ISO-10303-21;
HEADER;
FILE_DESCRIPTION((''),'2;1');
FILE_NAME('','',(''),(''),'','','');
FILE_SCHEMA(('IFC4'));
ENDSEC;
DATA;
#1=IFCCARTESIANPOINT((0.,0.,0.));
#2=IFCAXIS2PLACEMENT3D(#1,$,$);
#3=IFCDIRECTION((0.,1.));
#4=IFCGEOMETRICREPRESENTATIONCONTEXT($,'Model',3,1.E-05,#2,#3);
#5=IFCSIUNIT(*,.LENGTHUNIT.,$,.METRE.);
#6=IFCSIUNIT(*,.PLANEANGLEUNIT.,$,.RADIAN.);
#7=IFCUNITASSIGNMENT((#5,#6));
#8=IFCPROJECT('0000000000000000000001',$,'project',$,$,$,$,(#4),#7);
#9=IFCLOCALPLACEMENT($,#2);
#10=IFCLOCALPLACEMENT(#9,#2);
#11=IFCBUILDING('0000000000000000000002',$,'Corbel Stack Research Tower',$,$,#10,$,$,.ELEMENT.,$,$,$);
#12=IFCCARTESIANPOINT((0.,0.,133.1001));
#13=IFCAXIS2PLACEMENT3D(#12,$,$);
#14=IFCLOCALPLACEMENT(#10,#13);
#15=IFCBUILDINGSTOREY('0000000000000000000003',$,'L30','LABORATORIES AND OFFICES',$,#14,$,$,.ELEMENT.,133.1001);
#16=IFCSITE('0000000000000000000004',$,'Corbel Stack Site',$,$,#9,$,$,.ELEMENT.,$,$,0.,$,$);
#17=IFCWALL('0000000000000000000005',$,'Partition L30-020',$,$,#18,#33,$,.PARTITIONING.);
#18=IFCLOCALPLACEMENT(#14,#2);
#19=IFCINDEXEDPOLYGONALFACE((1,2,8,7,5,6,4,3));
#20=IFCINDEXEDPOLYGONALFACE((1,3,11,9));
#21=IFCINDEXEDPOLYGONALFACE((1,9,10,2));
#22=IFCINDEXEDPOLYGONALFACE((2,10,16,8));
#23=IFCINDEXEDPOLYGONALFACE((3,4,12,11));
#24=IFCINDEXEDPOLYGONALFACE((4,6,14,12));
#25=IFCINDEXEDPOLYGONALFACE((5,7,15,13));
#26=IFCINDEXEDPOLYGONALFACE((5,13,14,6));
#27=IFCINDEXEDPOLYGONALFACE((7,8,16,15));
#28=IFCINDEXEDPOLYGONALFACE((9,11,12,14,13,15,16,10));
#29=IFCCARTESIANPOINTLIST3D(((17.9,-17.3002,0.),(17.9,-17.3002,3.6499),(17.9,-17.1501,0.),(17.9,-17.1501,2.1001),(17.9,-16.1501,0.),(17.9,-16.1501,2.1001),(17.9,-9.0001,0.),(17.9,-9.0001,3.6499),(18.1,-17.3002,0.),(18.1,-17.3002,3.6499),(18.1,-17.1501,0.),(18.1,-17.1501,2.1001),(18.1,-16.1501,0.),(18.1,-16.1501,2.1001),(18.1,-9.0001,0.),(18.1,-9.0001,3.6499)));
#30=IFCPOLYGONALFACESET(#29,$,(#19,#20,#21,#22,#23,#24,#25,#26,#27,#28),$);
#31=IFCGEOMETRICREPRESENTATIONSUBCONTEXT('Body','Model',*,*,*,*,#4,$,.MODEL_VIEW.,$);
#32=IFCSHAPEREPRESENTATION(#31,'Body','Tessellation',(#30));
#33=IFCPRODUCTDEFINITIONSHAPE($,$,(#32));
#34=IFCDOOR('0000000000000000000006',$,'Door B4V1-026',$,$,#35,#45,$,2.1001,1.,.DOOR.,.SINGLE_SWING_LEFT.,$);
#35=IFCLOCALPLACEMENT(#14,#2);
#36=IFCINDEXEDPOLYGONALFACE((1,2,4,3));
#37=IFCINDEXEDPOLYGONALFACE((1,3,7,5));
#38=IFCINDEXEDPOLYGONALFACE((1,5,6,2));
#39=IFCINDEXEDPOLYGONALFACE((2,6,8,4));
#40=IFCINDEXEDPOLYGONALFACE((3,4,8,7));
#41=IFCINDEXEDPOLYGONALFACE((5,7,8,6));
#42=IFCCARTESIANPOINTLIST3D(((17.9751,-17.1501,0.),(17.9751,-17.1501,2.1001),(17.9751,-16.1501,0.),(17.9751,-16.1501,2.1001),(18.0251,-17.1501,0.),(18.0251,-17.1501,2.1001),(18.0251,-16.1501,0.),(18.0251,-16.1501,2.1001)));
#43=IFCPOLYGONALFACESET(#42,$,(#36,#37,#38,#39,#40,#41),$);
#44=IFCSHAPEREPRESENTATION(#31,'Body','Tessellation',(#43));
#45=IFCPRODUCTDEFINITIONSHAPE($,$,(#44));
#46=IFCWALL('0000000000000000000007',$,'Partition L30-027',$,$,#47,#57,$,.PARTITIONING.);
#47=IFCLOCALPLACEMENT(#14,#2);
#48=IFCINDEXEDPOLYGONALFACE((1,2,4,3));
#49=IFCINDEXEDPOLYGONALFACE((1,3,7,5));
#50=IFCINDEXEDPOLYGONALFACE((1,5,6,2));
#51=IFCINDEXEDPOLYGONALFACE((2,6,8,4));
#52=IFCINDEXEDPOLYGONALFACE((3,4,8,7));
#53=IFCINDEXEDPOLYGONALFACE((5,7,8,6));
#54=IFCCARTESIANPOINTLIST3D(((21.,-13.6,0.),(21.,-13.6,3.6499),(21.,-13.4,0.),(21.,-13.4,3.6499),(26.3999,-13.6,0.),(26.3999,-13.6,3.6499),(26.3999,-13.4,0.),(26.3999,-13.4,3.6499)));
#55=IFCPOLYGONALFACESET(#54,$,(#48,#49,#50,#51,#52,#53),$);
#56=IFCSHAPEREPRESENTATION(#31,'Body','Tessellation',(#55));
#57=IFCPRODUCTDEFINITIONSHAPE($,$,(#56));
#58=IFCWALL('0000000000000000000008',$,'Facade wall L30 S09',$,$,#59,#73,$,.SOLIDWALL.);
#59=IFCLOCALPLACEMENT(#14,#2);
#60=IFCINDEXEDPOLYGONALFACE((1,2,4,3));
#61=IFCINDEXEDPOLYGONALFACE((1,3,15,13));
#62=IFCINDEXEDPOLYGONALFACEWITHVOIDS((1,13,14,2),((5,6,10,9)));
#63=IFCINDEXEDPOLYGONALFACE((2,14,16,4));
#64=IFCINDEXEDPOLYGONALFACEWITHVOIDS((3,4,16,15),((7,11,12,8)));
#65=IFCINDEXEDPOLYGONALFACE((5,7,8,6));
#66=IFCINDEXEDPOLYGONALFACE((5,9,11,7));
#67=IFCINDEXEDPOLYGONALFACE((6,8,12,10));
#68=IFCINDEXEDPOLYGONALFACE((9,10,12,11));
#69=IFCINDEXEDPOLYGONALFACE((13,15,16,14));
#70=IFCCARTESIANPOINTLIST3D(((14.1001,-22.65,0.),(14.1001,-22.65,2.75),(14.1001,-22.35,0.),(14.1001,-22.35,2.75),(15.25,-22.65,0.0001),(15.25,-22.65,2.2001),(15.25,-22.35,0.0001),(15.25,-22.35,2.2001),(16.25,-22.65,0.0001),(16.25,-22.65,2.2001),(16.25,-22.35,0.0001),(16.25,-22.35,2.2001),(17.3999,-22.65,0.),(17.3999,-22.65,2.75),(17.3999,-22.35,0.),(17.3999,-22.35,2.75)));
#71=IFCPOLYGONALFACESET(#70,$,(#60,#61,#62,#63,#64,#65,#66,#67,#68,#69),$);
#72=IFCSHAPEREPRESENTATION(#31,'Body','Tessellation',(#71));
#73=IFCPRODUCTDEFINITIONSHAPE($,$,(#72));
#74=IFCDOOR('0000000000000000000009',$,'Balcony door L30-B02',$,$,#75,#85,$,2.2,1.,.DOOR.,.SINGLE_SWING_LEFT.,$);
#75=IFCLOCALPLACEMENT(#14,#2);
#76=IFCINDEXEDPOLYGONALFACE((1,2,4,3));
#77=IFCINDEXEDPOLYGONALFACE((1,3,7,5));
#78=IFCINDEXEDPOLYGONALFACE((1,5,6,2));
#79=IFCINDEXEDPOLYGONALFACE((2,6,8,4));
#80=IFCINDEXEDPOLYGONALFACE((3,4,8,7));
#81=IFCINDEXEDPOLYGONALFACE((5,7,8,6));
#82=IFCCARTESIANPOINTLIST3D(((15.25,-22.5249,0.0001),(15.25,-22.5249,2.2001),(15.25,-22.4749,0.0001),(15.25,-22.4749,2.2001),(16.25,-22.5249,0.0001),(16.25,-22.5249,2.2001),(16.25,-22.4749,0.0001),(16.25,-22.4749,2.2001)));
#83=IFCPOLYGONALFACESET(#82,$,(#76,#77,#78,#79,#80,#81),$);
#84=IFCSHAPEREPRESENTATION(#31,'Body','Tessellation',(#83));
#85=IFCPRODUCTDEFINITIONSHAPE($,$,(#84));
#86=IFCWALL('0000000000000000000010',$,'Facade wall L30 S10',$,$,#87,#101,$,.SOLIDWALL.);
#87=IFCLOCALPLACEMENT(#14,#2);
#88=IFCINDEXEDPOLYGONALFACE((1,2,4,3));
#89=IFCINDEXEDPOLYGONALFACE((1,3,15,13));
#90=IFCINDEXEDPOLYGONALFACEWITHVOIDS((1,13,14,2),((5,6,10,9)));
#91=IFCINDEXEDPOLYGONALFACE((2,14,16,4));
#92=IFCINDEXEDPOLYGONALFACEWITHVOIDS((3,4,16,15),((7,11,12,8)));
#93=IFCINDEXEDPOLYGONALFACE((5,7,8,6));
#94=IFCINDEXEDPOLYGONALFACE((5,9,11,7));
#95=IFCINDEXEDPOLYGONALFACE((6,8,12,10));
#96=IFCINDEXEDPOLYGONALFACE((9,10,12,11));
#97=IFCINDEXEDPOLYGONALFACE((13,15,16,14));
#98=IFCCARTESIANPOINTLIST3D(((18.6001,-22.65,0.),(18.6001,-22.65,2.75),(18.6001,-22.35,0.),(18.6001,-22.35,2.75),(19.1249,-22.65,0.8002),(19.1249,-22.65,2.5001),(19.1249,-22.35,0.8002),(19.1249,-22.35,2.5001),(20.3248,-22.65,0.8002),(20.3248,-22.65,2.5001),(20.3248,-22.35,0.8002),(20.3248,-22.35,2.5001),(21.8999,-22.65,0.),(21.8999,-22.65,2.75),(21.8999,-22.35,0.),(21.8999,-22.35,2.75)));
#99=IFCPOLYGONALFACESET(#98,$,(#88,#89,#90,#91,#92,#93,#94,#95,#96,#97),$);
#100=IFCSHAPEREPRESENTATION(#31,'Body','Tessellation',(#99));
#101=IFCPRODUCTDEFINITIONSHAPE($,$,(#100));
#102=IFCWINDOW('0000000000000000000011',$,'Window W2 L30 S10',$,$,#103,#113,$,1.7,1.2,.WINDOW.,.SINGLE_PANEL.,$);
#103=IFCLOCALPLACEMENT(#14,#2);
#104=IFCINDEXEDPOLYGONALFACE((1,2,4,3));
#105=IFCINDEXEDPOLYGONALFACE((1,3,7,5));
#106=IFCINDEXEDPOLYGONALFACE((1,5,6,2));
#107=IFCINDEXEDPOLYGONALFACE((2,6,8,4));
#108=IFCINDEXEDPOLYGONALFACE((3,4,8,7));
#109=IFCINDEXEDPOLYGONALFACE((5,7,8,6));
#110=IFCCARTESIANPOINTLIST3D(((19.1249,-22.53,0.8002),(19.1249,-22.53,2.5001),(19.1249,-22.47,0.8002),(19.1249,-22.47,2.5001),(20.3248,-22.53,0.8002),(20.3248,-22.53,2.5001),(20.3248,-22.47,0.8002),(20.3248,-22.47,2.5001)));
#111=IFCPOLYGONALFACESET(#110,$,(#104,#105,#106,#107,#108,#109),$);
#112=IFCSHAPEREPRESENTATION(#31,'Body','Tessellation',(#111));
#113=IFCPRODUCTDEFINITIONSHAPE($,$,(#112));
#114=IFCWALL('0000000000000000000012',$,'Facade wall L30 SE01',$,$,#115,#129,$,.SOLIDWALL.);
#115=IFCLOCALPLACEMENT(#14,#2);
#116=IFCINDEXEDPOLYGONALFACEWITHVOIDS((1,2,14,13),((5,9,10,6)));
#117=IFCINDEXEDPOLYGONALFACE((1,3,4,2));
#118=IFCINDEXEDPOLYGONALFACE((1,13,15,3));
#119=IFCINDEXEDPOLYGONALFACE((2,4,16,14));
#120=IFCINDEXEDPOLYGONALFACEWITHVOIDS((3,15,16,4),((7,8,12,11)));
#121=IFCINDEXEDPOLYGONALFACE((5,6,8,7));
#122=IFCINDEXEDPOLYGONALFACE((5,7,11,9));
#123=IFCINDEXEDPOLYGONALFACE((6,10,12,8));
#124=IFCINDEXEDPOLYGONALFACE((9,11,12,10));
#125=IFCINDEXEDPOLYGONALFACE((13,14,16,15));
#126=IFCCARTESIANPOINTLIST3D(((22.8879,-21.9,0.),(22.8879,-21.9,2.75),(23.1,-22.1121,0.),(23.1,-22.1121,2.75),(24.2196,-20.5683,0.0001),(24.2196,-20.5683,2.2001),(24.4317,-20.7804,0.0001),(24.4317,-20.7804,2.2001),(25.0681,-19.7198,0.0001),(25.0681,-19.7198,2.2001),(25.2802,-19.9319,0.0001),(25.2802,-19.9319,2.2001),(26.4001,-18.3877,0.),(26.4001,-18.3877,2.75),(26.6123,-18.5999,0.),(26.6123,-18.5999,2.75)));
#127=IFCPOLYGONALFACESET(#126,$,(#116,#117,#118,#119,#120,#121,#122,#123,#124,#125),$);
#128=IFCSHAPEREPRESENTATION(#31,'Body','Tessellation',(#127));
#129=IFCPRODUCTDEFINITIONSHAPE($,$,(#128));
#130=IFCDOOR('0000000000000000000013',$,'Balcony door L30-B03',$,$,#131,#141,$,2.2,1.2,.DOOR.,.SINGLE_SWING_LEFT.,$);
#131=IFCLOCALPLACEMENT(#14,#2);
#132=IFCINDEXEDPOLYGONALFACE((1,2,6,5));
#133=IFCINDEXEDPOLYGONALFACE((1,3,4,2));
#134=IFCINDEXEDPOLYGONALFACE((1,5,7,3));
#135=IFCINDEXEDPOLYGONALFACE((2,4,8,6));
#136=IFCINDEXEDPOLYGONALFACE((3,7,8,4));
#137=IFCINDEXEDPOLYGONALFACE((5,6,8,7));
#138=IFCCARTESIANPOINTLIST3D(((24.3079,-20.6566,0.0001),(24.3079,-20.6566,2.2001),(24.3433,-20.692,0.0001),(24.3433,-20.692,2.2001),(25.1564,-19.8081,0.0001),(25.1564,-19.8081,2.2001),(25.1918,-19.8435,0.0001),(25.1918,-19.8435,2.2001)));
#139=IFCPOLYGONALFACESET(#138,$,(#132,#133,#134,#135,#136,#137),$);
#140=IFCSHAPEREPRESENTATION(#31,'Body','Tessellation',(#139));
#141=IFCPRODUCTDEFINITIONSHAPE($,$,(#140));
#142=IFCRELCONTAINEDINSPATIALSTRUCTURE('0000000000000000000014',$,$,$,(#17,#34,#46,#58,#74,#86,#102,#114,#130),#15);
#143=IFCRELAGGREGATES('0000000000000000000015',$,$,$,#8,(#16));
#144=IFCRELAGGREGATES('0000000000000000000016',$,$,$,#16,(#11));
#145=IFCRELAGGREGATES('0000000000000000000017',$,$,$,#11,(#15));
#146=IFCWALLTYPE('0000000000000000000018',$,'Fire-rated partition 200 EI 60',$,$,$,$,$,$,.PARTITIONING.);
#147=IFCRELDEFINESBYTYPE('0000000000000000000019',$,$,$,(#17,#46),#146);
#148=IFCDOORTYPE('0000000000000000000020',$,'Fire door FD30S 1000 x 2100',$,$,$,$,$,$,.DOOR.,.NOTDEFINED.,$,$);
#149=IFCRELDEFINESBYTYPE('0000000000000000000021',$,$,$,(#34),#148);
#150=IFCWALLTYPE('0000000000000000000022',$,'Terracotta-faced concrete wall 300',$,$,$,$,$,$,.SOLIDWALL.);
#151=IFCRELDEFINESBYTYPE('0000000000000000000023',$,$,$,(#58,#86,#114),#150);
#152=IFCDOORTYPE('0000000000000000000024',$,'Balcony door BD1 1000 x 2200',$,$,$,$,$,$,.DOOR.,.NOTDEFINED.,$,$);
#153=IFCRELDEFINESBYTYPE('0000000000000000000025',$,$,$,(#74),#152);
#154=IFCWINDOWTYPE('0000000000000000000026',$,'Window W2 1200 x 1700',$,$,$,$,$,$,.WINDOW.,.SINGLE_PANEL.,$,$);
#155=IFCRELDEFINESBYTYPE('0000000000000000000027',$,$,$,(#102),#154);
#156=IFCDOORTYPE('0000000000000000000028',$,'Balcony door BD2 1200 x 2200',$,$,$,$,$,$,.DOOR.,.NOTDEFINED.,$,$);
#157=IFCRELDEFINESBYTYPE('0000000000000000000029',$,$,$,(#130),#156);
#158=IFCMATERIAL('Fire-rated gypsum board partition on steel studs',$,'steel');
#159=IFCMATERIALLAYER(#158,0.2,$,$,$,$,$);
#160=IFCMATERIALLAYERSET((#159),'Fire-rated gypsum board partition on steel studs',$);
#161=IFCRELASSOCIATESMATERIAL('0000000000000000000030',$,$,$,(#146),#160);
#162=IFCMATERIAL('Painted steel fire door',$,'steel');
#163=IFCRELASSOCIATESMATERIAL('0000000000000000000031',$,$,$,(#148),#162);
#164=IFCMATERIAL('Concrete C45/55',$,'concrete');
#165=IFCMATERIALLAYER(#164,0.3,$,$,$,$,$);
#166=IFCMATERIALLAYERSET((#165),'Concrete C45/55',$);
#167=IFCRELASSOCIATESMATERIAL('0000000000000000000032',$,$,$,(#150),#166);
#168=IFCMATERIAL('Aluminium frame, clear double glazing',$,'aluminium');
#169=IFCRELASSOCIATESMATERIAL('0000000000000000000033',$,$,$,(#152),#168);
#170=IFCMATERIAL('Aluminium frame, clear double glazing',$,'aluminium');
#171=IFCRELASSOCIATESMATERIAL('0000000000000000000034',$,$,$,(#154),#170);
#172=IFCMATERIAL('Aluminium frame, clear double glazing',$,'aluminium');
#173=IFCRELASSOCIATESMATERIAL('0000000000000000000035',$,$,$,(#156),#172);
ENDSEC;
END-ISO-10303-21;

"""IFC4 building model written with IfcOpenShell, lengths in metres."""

from ifc_helpers import new_model, si_unit, direction, frame, frame_2d, origin, place, context, subcontext, project, spatial, rectangle, extrude, material, layer, layer_set, type_object, element, fill, save


model = new_model("IFC4")

# Units and contexts
model_context = context("Model", 3, precision=1e-05, world=origin(), true_north=direction((0.0, 1.0)))
body_context = subcontext(model_context, "Body", "Model", "MODEL_VIEW")
ifc_project = project(units=[si_unit("LENGTHUNIT", "METRE"), si_unit("PLANEANGLEUNIT", "RADIAN")], contexts=[model_context])

# Site, building, storey
site_placement = place(None, origin())
site = spatial("IfcSite", under=ifc_project, at=site_placement, Name="Corbel Stack Site", CompositionType="ELEMENT", RefElevation=0.0)
building_placement = place(site_placement, origin())
building = spatial("IfcBuilding", under=site, at=building_placement, Name="Corbel Stack Research Tower", CompositionType="ELEMENT")
storey_placement = place(building_placement, frame((0.0, 0.0, 133.1001)))
storey = spatial("IfcBuildingStorey", under=building, at=storey_placement, Name="L30", Description="LABORATORIES AND OFFICES", CompositionType="ELEMENT", Elevation=133.1001)

# Shared definitions
ifc_material_1 = material(Name="Fire-rated gypsum board partition on steel studs", Category="steel")
ifc_layer_1 = layer(ifc_material_1, 0.2)
ifc_layer_set_1 = layer_set([ifc_layer_1], Name="Fire-rated gypsum board partition on steel studs")
wall_type_1 = type_object("IfcWallType", Name="Fire-rated partition 200 EI 60", PredefinedType="PARTITIONING", material=ifc_layer_set_1)

# Wall, opening, door
wall_1_placement = place(storey_placement, frame((18.0, -17.3, 0.0), z_axis=(0.0, 0.0, 1.0), x_axis=(0.0, 1.0, 0.0)))
wall_1 = element("IfcWall", 1, at=wall_1_placement, inside=storey, type_object=wall_type_1, Name="Partition L30-020", PredefinedType="PARTITIONING", context=body_context, shape_type="SweptSolid", body=[
    extrude(rectangle(XDim=8.3, YDim=0.2, at=frame_2d((4.1499, 0.0))), origin(), (0.0, 0.0, 1.0), 3.6499),
])
opening_1_placement = place(wall_1_placement, frame((0.1499, 0.0, 0.0)))
opening_1 = element("IfcOpeningElement", 2, at=opening_1_placement, cuts=wall_1, PredefinedType="OPENING", context=body_context, shape_type="SweptSolid", body=[
    extrude(rectangle(XDim=1.0, YDim=2.1001, at=frame_2d((0.5, 1.05))), frame((0.0, 0.1099, 0.0), z_axis=(0.0, -1.0, 0.0), x_axis=(1.0, 0.0, 0.0)), (0.0, 0.0, 1.0), 0.22),
])
ifc_material_2 = material(Name="Painted steel fire door", Category="steel")
door_type_1 = type_object("IfcDoorType", Name="Fire door FD30S 1000 x 2100", OperationType="NOTDEFINED", PredefinedType="DOOR", material=ifc_material_2)
door_1_placement = place(opening_1_placement, origin())
door_1 = element("IfcDoor", 3, at=door_1_placement, inside=storey, type_object=door_type_1, Name="Door B4V1-026", OperationType="SINGLE_SWING_LEFT", OverallHeight=2.1001, OverallWidth=1.0, PredefinedType="DOOR", context=body_context, shape_type="SweptSolid", body=[
    extrude(rectangle(XDim=1.0, YDim=2.1001, at=frame_2d((0.5, 1.05))), frame((0.0, 0.0249, 0.0), z_axis=(0.0, -1.0, 0.0), x_axis=(1.0, 0.0, 0.0)), (0.0, 0.0, 1.0), 0.05),
])
fill(opening_1, door_1)

# Wall
wall_2_placement = place(storey_placement, frame((21.0, -13.5, 0.0), z_axis=(0.0, 0.0, 1.0), x_axis=(1.0, 0.0, 0.0)))
element("IfcWall", 4, at=wall_2_placement, inside=storey, type_object=wall_type_1, Name="Partition L30-027", PredefinedType="PARTITIONING", context=body_context, shape_type="SweptSolid", body=[
    extrude(rectangle(XDim=5.3999, YDim=0.2, at=frame_2d((2.7, 0.0))), origin(), (0.0, 0.0, 1.0), 3.6499),
])

# Wall, opening, door
ifc_material_3 = material(Name="Concrete C45/55", Category="concrete")
ifc_layer_2 = layer(ifc_material_3, 0.3)
ifc_layer_set_2 = layer_set([ifc_layer_2], Name="Concrete C45/55")
wall_type_2 = type_object("IfcWallType", Name="Terracotta-faced concrete wall 300", PredefinedType="SOLIDWALL", material=ifc_layer_set_2)
wall_3_placement = place(storey_placement, frame((17.3999, -22.5, 0.0), z_axis=(0.0, 0.0, 1.0), x_axis=(-1.0, 0.0, 0.0)))
wall_3 = element("IfcWall", 5, at=wall_3_placement, inside=storey, type_object=wall_type_2, Name="Facade wall L30 S09", PredefinedType="SOLIDWALL", context=body_context, shape_type="SweptSolid", body=[
    extrude(rectangle(XDim=3.2998, YDim=0.3, at=frame_2d((1.6499, 0.0))), origin(), (0.0, 0.0, 1.0), 2.75),
])
opening_2_placement = place(wall_3_placement, frame((1.1499, 0.0, 0.0)))
opening_2 = element("IfcOpeningElement", 6, at=opening_2_placement, cuts=wall_3, PredefinedType="OPENING", context=body_context, shape_type="SweptSolid", body=[
    extrude(rectangle(XDim=1.0, YDim=2.2, at=frame_2d((0.5, 1.1001))), frame((0.0, 0.1599, 0.0), z_axis=(0.0, -1.0, 0.0), x_axis=(1.0, 0.0, 0.0)), (0.0, 0.0, 1.0), 0.3201),
])
ifc_material_4 = material(Name="Aluminium frame, clear double glazing", Category="aluminium")
door_type_2 = type_object("IfcDoorType", Name="Balcony door BD1 1000 x 2200", OperationType="NOTDEFINED", PredefinedType="DOOR", material=ifc_material_4)
door_2_placement = place(opening_2_placement, origin())
door_2 = element("IfcDoor", 7, at=door_2_placement, inside=storey, type_object=door_type_2, Name="Balcony door L30-B02", OperationType="SINGLE_SWING_LEFT", OverallHeight=2.2, OverallWidth=1.0, PredefinedType="DOOR", context=body_context, shape_type="SweptSolid", body=[
    extrude(rectangle(XDim=1.0, YDim=2.2, at=frame_2d((0.5, 1.1001))), frame((0.0, 0.0249, 0.0), z_axis=(0.0, -1.0, 0.0), x_axis=(1.0, 0.0, 0.0)), (0.0, 0.0, 1.0), 0.05),
])
fill(opening_2, door_2)

# Wall, opening, window
wall_4_placement = place(storey_placement, frame((21.8999, -22.5, 0.0), z_axis=(0.0, 0.0, 1.0), x_axis=(-1.0, 0.0, 0.0)))
wall_4 = element("IfcWall", 8, at=wall_4_placement, inside=storey, type_object=wall_type_2, Name="Facade wall L30 S10", PredefinedType="SOLIDWALL", context=body_context, shape_type="SweptSolid", body=[
    extrude(rectangle(XDim=3.2998, YDim=0.3, at=frame_2d((1.6499, 0.0))), origin(), (0.0, 0.0, 1.0), 2.75),
])
opening_3_placement = place(wall_4_placement, frame((1.575, 0.0, 0.8)))
opening_3 = element("IfcOpeningElement", 9, at=opening_3_placement, cuts=wall_4, PredefinedType="OPENING", context=body_context, shape_type="SweptSolid", body=[
    extrude(rectangle(XDim=1.2, YDim=1.7, at=frame_2d((0.6001, 0.8501))), frame((0.0, 0.1599, 0.0), z_axis=(0.0, -1.0, 0.0), x_axis=(1.0, 0.0, 0.0)), (0.0, 0.0, 1.0), 0.3201),
])
ifc_material_5 = material(Name="Aluminium frame, clear double glazing", Category="aluminium")
window_type_1 = type_object("IfcWindowType", Name="Window W2 1200 x 1700", PartitioningType="SINGLE_PANEL", PredefinedType="WINDOW", material=ifc_material_5)
window_1_placement = place(opening_3_placement, origin())
window_1 = element("IfcWindow", 10, at=window_1_placement, inside=storey, type_object=window_type_1, Name="Window W2 L30 S10", OverallHeight=1.7, OverallWidth=1.2, PartitioningType="SINGLE_PANEL", PredefinedType="WINDOW", context=body_context, shape_type="SweptSolid", body=[
    extrude(rectangle(XDim=1.2, YDim=1.7, at=frame_2d((0.6001, 0.8501))), frame((0.0, 0.03, 0.0), z_axis=(0.0, -1.0, 0.0), x_axis=(1.0, 0.0, 0.0)), (0.0, 0.0, 1.0), 0.0601),
])
fill(opening_3, window_1)

# Wall, opening, door
wall_5_placement = place(storey_placement, frame((26.5061, -18.4939, 0.0), z_axis=(0.0, 0.0, 1.0), x_axis=(-0.707107, -0.707107, 0.0)))
wall_5 = element("IfcWall", 11, at=wall_5_placement, inside=storey, type_object=wall_type_2, Name="Facade wall L30 SE01", PredefinedType="SOLIDWALL", context=body_context, shape_type="SweptSolid", body=[
    extrude(rectangle(XDim=4.967, YDim=0.3, at=frame_2d((2.4834, 0.0))), origin(), (0.0, 0.0, 1.0), 2.75),
])
opening_4_placement = place(wall_5_placement, frame((1.8835, 0.0, 0.0)))
opening_4 = element("IfcOpeningElement", 12, at=opening_4_placement, cuts=wall_5, PredefinedType="OPENING", context=body_context, shape_type="SweptSolid", body=[
    extrude(rectangle(XDim=1.2, YDim=2.2, at=frame_2d((0.6001, 1.1001))), frame((0.0, 0.1599, 0.0), z_axis=(0.0, -1.0, 0.0), x_axis=(1.0, 0.0, 0.0)), (0.0, 0.0, 1.0), 0.3201),
])
ifc_material_6 = material(Name="Aluminium frame, clear double glazing", Category="aluminium")
door_type_3 = type_object("IfcDoorType", Name="Balcony door BD2 1200 x 2200", OperationType="NOTDEFINED", PredefinedType="DOOR", material=ifc_material_6)
door_3_placement = place(opening_4_placement, origin())
door_3 = element("IfcDoor", 13, at=door_3_placement, inside=storey, type_object=door_type_3, Name="Balcony door L30-B03", OperationType="SINGLE_SWING_LEFT", OverallHeight=2.2, OverallWidth=1.2, PredefinedType="DOOR", context=body_context, shape_type="SweptSolid", body=[
    extrude(rectangle(XDim=1.2, YDim=2.2, at=frame_2d((0.6001, 1.1001))), frame((0.0, 0.0249, 0.0), z_axis=(0.0, -1.0, 0.0), x_axis=(1.0, 0.0, 0.0)), (0.0, 0.0, 1.0), 0.05),
])
fill(opening_4, door_3)

save(model, "model.ifc")
